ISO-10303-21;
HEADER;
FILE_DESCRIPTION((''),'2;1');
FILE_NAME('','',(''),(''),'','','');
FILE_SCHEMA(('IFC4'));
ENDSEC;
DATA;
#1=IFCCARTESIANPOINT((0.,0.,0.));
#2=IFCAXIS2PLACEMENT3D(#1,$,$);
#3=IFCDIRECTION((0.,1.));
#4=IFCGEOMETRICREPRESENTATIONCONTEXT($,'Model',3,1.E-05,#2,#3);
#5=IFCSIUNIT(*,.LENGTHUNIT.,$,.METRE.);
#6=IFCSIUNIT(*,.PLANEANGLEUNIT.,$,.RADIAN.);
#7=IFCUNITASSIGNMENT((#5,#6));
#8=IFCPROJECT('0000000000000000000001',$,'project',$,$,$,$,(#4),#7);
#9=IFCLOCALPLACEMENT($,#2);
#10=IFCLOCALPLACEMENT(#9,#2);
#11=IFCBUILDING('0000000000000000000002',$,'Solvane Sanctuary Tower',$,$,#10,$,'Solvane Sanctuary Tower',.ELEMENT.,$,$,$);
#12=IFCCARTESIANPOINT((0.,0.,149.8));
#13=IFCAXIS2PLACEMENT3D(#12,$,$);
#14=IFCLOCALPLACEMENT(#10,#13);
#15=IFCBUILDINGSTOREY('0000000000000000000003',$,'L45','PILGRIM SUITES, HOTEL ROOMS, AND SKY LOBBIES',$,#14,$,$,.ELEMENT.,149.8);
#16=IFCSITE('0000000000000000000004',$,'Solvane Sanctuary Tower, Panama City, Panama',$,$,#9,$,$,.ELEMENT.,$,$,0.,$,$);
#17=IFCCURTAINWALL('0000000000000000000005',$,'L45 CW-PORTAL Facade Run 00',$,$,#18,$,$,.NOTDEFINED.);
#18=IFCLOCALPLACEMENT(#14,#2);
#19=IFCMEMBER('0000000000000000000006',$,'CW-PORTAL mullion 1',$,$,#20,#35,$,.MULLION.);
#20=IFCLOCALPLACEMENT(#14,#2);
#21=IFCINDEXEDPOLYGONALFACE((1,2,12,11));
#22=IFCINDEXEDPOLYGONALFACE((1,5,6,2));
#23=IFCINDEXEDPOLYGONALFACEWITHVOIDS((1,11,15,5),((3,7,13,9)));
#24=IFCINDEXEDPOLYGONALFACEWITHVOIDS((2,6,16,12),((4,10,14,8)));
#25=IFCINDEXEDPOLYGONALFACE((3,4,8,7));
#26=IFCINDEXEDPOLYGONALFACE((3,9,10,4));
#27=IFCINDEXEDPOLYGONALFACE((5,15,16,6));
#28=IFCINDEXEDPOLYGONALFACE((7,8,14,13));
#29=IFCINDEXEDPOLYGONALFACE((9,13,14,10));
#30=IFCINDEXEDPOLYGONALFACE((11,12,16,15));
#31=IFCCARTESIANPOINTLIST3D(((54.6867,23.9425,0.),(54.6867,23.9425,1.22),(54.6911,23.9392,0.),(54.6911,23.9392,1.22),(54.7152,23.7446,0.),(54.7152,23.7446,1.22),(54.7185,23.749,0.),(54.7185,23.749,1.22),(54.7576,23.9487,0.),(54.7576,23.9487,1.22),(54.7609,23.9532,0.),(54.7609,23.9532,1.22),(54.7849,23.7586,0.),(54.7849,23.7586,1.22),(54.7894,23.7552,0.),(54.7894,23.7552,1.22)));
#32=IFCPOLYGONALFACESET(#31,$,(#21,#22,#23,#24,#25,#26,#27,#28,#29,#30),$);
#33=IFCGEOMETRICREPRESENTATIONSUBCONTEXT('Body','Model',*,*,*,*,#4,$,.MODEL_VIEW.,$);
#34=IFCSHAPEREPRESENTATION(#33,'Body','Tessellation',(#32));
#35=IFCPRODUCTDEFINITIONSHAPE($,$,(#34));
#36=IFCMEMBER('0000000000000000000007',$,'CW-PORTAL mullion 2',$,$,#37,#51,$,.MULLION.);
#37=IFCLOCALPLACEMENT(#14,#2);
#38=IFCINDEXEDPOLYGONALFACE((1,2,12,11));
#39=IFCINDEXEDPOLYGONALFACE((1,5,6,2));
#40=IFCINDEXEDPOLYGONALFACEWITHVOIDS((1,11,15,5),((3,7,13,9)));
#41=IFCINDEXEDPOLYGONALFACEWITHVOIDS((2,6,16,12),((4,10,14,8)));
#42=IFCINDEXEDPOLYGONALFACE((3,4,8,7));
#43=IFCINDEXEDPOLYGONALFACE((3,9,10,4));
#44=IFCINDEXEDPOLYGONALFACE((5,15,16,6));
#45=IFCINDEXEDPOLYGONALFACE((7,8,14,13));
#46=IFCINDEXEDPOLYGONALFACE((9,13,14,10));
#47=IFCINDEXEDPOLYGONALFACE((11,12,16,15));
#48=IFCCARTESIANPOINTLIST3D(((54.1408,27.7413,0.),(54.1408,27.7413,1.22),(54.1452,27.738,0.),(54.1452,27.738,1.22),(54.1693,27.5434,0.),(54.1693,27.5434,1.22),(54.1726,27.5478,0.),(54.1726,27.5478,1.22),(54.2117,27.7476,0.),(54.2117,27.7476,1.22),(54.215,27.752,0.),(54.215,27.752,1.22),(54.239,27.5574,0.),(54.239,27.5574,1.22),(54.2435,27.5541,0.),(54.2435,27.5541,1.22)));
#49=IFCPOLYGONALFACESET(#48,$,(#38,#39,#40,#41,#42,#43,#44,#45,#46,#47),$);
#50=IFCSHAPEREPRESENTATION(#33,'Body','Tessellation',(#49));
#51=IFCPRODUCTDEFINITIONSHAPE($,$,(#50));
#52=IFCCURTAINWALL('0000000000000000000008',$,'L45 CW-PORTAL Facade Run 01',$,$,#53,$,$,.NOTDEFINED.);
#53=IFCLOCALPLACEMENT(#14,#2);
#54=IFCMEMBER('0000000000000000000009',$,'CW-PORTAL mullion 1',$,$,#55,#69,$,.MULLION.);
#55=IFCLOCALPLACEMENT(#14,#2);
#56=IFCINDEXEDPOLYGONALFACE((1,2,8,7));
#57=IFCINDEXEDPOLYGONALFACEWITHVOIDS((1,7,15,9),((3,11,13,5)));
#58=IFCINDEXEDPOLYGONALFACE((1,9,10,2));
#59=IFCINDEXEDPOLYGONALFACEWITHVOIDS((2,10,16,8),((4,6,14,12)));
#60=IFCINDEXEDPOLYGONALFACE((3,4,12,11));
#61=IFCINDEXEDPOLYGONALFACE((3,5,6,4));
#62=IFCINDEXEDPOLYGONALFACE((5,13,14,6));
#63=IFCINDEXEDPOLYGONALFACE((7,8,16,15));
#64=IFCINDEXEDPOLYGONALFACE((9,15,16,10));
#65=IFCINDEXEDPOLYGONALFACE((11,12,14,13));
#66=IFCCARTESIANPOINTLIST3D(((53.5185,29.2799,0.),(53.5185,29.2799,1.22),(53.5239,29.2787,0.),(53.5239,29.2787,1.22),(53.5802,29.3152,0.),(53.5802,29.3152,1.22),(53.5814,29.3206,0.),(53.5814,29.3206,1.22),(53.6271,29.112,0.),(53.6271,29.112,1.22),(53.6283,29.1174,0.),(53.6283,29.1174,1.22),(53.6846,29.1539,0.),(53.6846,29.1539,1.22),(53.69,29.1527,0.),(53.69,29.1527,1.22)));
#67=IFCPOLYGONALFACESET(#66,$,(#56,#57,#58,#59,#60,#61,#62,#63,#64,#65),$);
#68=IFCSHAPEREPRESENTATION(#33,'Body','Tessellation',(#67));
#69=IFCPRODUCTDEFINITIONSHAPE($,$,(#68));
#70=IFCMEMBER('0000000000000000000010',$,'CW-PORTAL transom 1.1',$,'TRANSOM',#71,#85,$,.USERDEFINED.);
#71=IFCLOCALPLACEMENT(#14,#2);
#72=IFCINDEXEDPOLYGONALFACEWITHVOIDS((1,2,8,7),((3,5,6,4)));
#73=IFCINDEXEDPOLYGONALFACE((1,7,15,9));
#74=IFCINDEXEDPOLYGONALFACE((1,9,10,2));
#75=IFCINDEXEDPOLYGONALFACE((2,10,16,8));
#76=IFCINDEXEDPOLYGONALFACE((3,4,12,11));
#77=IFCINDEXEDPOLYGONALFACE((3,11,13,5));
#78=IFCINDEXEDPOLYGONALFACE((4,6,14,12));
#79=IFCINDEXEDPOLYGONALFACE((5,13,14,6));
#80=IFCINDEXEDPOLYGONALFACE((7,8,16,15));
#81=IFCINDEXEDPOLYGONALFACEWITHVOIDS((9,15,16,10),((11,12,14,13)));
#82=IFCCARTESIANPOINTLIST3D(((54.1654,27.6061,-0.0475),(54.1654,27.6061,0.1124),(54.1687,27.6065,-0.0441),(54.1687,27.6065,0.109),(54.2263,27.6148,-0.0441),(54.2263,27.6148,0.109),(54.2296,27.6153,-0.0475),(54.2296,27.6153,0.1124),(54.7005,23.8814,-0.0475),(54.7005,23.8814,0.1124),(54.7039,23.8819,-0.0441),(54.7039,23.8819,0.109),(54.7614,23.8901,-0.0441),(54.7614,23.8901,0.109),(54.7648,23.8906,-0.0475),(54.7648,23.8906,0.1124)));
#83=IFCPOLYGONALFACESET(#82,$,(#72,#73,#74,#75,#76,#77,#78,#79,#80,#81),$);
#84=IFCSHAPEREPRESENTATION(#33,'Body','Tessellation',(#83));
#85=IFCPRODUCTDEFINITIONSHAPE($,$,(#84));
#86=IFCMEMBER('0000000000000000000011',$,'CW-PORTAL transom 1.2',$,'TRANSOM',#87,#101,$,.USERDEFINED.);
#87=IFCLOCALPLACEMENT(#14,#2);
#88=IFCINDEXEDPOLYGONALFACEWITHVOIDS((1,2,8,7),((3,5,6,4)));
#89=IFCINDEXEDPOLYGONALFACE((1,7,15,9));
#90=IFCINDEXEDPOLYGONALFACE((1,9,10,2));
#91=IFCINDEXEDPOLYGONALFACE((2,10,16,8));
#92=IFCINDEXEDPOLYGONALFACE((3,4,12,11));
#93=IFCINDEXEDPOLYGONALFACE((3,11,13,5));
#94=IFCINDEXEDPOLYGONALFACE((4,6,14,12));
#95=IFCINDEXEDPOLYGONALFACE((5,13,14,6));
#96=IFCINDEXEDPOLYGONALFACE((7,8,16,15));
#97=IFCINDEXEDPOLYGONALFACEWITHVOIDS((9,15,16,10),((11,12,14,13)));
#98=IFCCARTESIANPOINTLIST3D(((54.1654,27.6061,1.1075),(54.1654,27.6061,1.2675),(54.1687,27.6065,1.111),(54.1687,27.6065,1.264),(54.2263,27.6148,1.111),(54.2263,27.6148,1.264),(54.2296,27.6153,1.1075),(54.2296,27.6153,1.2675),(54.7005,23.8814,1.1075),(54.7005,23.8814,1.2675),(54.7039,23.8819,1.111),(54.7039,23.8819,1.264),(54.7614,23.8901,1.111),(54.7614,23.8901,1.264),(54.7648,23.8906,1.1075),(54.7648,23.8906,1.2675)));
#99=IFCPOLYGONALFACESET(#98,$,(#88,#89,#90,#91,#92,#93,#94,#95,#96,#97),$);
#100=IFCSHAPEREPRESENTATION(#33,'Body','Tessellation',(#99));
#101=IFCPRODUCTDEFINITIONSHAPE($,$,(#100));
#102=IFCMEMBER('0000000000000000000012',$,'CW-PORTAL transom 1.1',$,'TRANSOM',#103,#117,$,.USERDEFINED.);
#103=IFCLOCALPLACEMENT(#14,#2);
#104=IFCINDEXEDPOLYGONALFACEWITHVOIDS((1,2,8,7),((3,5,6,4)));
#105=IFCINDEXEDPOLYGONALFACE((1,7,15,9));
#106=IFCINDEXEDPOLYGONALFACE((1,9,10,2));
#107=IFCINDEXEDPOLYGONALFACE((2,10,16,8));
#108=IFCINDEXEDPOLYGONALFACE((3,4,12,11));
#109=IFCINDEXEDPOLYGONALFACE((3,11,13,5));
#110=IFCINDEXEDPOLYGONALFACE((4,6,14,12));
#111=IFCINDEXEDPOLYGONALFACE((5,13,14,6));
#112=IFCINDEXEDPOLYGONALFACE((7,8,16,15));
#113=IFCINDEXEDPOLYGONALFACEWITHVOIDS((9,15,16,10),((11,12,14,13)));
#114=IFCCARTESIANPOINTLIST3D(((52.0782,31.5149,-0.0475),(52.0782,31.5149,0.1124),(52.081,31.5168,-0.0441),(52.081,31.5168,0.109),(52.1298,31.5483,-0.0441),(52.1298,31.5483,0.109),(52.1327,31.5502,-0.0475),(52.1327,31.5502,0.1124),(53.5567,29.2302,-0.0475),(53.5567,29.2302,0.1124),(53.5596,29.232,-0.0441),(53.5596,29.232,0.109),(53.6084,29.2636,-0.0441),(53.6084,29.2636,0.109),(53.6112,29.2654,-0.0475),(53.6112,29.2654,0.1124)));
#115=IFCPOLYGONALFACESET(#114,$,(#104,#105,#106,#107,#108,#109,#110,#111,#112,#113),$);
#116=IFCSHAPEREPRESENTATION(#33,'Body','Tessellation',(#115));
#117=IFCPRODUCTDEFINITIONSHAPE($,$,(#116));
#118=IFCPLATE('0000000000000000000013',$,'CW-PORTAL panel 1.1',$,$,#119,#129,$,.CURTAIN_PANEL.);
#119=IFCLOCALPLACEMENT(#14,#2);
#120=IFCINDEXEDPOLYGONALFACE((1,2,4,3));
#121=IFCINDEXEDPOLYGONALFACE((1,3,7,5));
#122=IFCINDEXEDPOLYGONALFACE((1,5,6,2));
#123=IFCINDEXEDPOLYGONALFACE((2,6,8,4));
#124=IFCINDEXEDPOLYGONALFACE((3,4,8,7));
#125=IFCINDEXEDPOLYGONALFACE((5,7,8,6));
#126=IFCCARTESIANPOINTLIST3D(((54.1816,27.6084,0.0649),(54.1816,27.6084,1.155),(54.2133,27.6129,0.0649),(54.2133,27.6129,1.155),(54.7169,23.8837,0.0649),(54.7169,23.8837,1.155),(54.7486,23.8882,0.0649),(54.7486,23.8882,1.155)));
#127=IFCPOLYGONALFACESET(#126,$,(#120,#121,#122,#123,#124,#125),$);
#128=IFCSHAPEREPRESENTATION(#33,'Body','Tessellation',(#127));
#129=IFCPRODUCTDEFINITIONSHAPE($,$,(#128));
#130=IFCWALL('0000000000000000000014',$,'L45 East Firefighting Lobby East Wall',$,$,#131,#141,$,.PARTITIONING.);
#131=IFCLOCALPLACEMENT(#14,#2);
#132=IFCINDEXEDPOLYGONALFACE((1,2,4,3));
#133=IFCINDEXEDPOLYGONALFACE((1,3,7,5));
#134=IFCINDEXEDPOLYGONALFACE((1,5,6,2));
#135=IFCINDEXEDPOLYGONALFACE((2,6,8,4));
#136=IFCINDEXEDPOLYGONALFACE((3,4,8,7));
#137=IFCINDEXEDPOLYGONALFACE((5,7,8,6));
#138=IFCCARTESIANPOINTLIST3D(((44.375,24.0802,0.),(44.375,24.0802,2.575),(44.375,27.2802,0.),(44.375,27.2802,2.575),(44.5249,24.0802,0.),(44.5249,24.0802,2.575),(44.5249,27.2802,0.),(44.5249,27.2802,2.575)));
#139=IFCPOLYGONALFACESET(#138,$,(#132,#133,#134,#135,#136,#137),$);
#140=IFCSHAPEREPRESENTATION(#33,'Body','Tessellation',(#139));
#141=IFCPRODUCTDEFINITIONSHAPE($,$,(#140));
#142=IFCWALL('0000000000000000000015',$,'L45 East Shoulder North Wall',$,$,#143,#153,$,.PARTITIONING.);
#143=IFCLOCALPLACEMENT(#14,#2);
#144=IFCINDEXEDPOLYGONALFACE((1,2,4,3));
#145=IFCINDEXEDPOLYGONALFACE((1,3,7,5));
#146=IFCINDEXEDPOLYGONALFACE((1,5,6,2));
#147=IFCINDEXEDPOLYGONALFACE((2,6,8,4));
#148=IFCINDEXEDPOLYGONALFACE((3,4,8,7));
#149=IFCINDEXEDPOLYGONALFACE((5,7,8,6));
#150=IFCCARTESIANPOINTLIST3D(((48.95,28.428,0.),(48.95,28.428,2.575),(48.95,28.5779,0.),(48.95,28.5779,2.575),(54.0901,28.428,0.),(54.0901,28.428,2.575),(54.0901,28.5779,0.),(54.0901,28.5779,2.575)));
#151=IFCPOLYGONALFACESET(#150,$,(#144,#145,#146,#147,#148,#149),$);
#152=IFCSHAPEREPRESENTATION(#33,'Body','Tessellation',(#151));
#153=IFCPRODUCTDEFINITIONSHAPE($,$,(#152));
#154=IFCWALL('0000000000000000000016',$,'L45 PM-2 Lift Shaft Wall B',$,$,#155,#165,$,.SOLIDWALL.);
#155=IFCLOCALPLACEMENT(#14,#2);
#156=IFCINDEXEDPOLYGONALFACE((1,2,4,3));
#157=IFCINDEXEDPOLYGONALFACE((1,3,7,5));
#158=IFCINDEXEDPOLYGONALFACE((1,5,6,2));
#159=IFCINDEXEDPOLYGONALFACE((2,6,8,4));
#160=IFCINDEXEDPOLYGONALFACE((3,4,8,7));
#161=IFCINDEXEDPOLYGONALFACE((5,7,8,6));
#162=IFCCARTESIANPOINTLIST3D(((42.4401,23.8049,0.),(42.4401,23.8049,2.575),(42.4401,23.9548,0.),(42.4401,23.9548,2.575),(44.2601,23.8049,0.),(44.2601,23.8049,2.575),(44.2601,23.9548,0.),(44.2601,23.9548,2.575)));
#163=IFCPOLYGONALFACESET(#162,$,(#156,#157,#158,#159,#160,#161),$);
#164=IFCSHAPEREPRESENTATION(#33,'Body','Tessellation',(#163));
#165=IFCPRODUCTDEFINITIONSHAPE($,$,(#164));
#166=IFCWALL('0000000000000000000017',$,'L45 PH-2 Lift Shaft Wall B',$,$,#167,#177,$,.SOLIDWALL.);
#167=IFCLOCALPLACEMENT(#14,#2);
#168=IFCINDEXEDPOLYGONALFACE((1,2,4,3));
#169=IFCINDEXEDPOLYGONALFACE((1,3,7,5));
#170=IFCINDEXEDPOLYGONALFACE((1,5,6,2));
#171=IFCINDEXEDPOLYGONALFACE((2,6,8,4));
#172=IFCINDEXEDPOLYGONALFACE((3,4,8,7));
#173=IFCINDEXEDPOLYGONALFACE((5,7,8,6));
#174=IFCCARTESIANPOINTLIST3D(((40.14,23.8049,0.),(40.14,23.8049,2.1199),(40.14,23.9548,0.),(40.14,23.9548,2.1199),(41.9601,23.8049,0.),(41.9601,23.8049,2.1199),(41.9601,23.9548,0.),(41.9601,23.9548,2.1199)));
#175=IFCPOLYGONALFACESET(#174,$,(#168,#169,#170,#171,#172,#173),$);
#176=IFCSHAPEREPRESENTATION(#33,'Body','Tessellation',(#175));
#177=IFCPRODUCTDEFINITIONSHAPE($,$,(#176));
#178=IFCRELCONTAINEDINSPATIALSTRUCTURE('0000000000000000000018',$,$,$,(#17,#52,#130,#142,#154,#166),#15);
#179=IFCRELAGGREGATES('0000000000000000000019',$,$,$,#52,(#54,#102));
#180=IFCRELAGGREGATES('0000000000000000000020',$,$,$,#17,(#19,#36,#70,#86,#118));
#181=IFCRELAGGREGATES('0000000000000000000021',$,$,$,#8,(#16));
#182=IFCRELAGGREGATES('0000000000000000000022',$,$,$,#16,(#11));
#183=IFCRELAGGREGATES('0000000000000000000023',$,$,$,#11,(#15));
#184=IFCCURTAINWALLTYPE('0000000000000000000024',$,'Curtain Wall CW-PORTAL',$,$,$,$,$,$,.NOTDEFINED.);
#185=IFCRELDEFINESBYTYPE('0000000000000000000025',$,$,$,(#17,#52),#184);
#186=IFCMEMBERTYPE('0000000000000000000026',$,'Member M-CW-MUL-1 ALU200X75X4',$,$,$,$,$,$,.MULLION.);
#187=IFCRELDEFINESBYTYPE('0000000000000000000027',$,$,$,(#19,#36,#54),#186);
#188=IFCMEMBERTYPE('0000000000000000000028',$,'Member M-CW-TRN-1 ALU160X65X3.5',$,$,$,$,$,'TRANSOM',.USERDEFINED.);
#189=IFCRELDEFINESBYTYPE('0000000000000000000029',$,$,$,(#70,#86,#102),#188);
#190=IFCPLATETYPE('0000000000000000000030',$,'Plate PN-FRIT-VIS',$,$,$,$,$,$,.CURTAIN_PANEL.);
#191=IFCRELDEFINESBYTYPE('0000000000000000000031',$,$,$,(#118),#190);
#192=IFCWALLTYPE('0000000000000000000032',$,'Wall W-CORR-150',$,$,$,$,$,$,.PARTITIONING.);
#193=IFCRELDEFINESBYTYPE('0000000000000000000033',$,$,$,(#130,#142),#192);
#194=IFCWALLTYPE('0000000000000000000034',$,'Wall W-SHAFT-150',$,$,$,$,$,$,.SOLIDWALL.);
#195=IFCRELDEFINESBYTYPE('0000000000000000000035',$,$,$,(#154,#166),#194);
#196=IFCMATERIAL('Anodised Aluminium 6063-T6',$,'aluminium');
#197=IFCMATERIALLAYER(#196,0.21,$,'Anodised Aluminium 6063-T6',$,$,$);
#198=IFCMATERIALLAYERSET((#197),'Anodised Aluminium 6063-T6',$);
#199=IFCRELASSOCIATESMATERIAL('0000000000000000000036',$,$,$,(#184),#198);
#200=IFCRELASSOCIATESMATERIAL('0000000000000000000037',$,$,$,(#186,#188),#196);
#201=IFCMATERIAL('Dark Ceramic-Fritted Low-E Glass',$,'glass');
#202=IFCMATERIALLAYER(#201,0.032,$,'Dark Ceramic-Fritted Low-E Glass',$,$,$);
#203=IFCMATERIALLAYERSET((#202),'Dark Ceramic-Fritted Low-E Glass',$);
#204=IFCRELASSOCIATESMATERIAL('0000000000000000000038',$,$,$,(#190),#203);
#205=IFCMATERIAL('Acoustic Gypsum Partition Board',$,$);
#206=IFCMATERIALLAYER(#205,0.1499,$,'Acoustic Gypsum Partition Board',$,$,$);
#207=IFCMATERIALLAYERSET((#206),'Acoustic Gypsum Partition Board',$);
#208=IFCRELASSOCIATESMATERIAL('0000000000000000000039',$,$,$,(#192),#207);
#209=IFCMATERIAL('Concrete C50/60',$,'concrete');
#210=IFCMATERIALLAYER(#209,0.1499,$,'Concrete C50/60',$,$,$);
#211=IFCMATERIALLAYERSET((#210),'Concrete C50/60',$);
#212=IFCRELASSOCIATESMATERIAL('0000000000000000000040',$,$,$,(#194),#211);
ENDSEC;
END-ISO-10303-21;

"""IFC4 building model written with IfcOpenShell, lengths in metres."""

from ifc_helpers import new_model, si_unit, direction, frame, frame_2d, origin, origin_2d, place, context, subcontext, project, spatial, rectangle, hollow_rectangle, extrude, material, layer, layer_set, material_profile, profile_set, type_object, element, aggregate, save


model = new_model("IFC4")

# Units and contexts
model_context = context("Model", 3, precision=1e-05, world=origin(), true_north=direction((0.0, 1.0)))
body_context = subcontext(model_context, "Body", "Model", "MODEL_VIEW")
ifc_project = project(units=[si_unit("LENGTHUNIT", "METRE"), si_unit("PLANEANGLEUNIT", "RADIAN")], contexts=[model_context])

# Site, building, storey
site_placement = place(None, origin())
site = spatial("IfcSite", under=ifc_project, at=site_placement, Name="Solvane Sanctuary Tower, Panama City, Panama", CompositionType="ELEMENT", RefElevation=0.0)
building_placement = place(site_placement, origin())
building = spatial("IfcBuilding", under=site, at=building_placement, Name="Solvane Sanctuary Tower", LongName="Solvane Sanctuary Tower", CompositionType="ELEMENT")
storey_placement = place(building_placement, frame((0.0, 0.0, 149.8)))
storey = spatial("IfcBuildingStorey", under=building, at=storey_placement, Name="L45", Description="PILGRIM SUITES, HOTEL ROOMS, AND SKY LOBBIES", CompositionType="ELEMENT", Elevation=149.8)

# Curtain wall, members
ifc_material_1 = material(Name="Anodised Aluminium 6063-T6", Category="aluminium")
ifc_layer_1 = layer(ifc_material_1, 0.21, Name="Anodised Aluminium 6063-T6")
ifc_layer_set_1 = layer_set([ifc_layer_1], Name="Anodised Aluminium 6063-T6")
curtain_wall_type = type_object("IfcCurtainWallType", Name="Curtain Wall CW-PORTAL", PredefinedType="NOTDEFINED", material=ifc_layer_set_1)
curtain_wall_1_placement = place(storey_placement, origin())
curtain_wall_1 = element("IfcCurtainWall", 1, at=curtain_wall_1_placement, inside=storey, type_object=curtain_wall_type, Name="L45 CW-PORTAL Facade Run 00", PredefinedType="NOTDEFINED")
ifc_material_profile_1 = material_profile(ifc_material_1, hollow_rectangle(XDim=0.075, YDim=0.2, WallThickness=0.0039, at=origin_2d()), Name="ALU200X75X4")
ifc_profile_set_1 = profile_set([ifc_material_profile_1], Name="Anodised Aluminium 6063-T6")
member_type_1 = type_object("IfcMemberType", Name="Member M-CW-MUL-1 ALU200X75X4", PredefinedType="MULLION", material=ifc_profile_set_1)
member_1_placement = place(storey_placement, frame((54.738, 23.8489, 0.0), z_axis=(0.0, 0.0, 1.0), x_axis=(-0.989831, -0.142248, 0.0)))
member_1 = element("IfcMember", 2, at=member_1_placement, type_object=member_type_1, Name="CW-PORTAL mullion 1", PredefinedType="MULLION", context=body_context, shape_type="SweptSolid", body=[
    extrude(hollow_rectangle(XDim=0.075, YDim=0.2, WallThickness=0.0039, at=origin_2d()), origin(), (0.0, 0.0, 1.0), 1.22),
])
member_2_placement = place(storey_placement, frame((54.1921, 27.6477, 0.0), z_axis=(0.0, 0.0, 1.0), x_axis=(-0.989831, -0.142248, 0.0)))
member_2 = element("IfcMember", 3, at=member_2_placement, type_object=member_type_1, Name="CW-PORTAL mullion 2", PredefinedType="MULLION", context=body_context, shape_type="SweptSolid", body=[
    extrude(hollow_rectangle(XDim=0.075, YDim=0.2, WallThickness=0.0039, at=origin_2d()), origin(), (0.0, 0.0, 1.0), 1.22),
])

# Curtain wall, member
curtain_wall_2_placement = place(storey_placement, origin())
curtain_wall_2 = element("IfcCurtainWall", 4, at=curtain_wall_2_placement, inside=storey, type_object=curtain_wall_type, Name="L45 CW-PORTAL Facade Run 01", PredefinedType="NOTDEFINED")
member_3_placement = place(storey_placement, frame((53.6042, 29.2163, 0.0), z_axis=(0.0, 0.0, 1.0), x_axis=(-0.839512, -0.543341, 0.0)))
member_3 = element("IfcMember", 5, at=member_3_placement, type_object=member_type_1, Name="CW-PORTAL mullion 1", PredefinedType="MULLION", context=body_context, shape_type="SweptSolid", body=[
    extrude(hollow_rectangle(XDim=0.075, YDim=0.2, WallThickness=0.0039, at=origin_2d()), origin(), (0.0, 0.0, 1.0), 1.22),
])

# Members
ifc_material_profile_2 = material_profile(ifc_material_1, hollow_rectangle(XDim=0.0649, YDim=0.1599, WallThickness=0.0034, at=origin_2d()), Name="ALU160X65X3.5")
ifc_profile_set_2 = profile_set([ifc_material_profile_2], Name="Anodised Aluminium 6063-T6")
member_type_2 = type_object("IfcMemberType", Name="Member M-CW-TRN-1 ALU160X65X3.5", ElementType="TRANSOM", PredefinedType="USERDEFINED", material=ifc_profile_set_2)
member_4_placement = place(storey_placement, frame((54.7327, 23.886, 0.0325), z_axis=(-0.142221, 0.989835, 0.0), x_axis=(-0.989835, -0.142221, 0.0)))
member_4 = element("IfcMember", 6, at=member_4_placement, type_object=member_type_2, Name="CW-PORTAL transom 1.1", ObjectType="TRANSOM", PredefinedType="USERDEFINED", context=body_context, shape_type="SweptSolid", body=[
    extrude(hollow_rectangle(XDim=0.0649, YDim=0.1599, WallThickness=0.0034, at=origin_2d()), origin(), (0.0, 0.0, 1.0), 3.7629),
])
member_5_placement = place(storey_placement, frame((54.7327, 23.886, 1.1875), z_axis=(-0.142221, 0.989835, 0.0), x_axis=(-0.989835, -0.142221, 0.0)))
member_5 = element("IfcMember", 7, at=member_5_placement, type_object=member_type_2, Name="CW-PORTAL transom 1.2", ObjectType="TRANSOM", PredefinedType="USERDEFINED", context=body_context, shape_type="SweptSolid", body=[
    extrude(hollow_rectangle(XDim=0.0649, YDim=0.1599, WallThickness=0.0034, at=origin_2d()), origin(), (0.0, 0.0, 1.0), 3.7629),
])
member_6_placement = place(storey_placement, frame((53.584, 29.2478, 0.0325), z_axis=(-0.543303, 0.839536, 0.0), x_axis=(-0.839536, -0.543303, 0.0)))
member_6 = element("IfcMember", 8, at=member_6_placement, type_object=member_type_2, Name="CW-PORTAL transom 1.1", ObjectType="TRANSOM", PredefinedType="USERDEFINED", context=body_context, shape_type="SweptSolid", body=[
    extrude(hollow_rectangle(XDim=0.0649, YDim=0.1599, WallThickness=0.0034, at=origin_2d()), origin(), (0.0, 0.0, 1.0), 2.7214),
])
aggregate(curtain_wall_2, [member_3, member_6])

# Plate
ifc_material_2 = material(Name="Dark Ceramic-Fritted Low-E Glass", Category="glass")
ifc_layer_2 = layer(ifc_material_2, 0.032, Name="Dark Ceramic-Fritted Low-E Glass")
ifc_layer_set_2 = layer_set([ifc_layer_2], Name="Dark Ceramic-Fritted Low-E Glass")
plate_type = type_object("IfcPlateType", Name="Plate PN-FRIT-VIS", PredefinedType="CURTAIN_PANEL", material=ifc_layer_set_2)
plate_placement = place(storey_placement, frame((54.4651, 25.7483, 0.0649), z_axis=(0.0, 0.0, 1.0), x_axis=(-0.142248, 0.989831, 0.0)))
plate = element("IfcPlate", 9, at=plate_placement, type_object=plate_type, Name="CW-PORTAL panel 1.1", PredefinedType="CURTAIN_PANEL", context=body_context, shape_type="SweptSolid", body=[
    extrude(rectangle(XDim=3.7629, YDim=0.032, at=origin_2d()), origin(), (0.0, 0.0, 1.0), 1.0901),
])
aggregate(curtain_wall_1, [member_1, member_2, member_4, member_5, plate])

# Walls
ifc_material_3 = material(Name="Acoustic Gypsum Partition Board")
ifc_layer_3 = layer(ifc_material_3, 0.1499, Name="Acoustic Gypsum Partition Board")
ifc_layer_set_3 = layer_set([ifc_layer_3], Name="Acoustic Gypsum Partition Board")
wall_type_1 = type_object("IfcWallType", Name="Wall W-CORR-150", PredefinedType="PARTITIONING", material=ifc_layer_set_3)
wall_1_placement = place(storey_placement, frame((44.45, 24.0801, 0.0), z_axis=(0.0, 0.0, 1.0), x_axis=(0.0, 1.0, 0.0)))
element("IfcWall", 10, at=wall_1_placement, inside=storey, type_object=wall_type_1, Name="L45 East Firefighting Lobby East Wall", PredefinedType="PARTITIONING", context=body_context, shape_type="SweptSolid", body=[
    extrude(rectangle(XDim=3.2, YDim=0.1499, at=frame_2d((1.6001, 0.0))), origin(), (0.0, 0.0, 1.0), 2.575),
])
wall_2_placement = place(storey_placement, frame((48.95, 28.5029, 0.0), z_axis=(0.0, 0.0, 1.0), x_axis=(1.0, 0.0, 0.0)))
element("IfcWall", 11, at=wall_2_placement, inside=storey, type_object=wall_type_1, Name="L45 East Shoulder North Wall", PredefinedType="PARTITIONING", context=body_context, shape_type="SweptSolid", body=[
    extrude(rectangle(XDim=5.1401, YDim=0.1499, at=frame_2d((2.5701, 0.0))), origin(), (0.0, 0.0, 1.0), 2.575),
])
ifc_material_4 = material(Name="Concrete C50/60", Category="concrete")
ifc_layer_4 = layer(ifc_material_4, 0.1499, Name="Concrete C50/60")
ifc_layer_set_4 = layer_set([ifc_layer_4], Name="Concrete C50/60")
wall_type_2 = type_object("IfcWallType", Name="Wall W-SHAFT-150", PredefinedType="SOLIDWALL", material=ifc_layer_set_4)
wall_3_placement = place(storey_placement, frame((42.4399, 23.8799, 0.0), z_axis=(0.0, 0.0, 1.0), x_axis=(1.0, 0.0, 0.0)))
element("IfcWall", 12, at=wall_3_placement, inside=storey, type_object=wall_type_2, Name="L45 PM-2 Lift Shaft Wall B", PredefinedType="SOLIDWALL", context=body_context, shape_type="SweptSolid", body=[
    extrude(rectangle(XDim=1.8201, YDim=0.1499, at=frame_2d((0.9102, 0.0))), origin(), (0.0, 0.0, 1.0), 2.575),
])
wall_4_placement = place(storey_placement, frame((40.1399, 23.8799, 0.0), z_axis=(0.0, 0.0, 1.0), x_axis=(1.0, 0.0, 0.0)))
element("IfcWall", 13, at=wall_4_placement, inside=storey, type_object=wall_type_2, Name="L45 PH-2 Lift Shaft Wall B", PredefinedType="SOLIDWALL", context=body_context, shape_type="SweptSolid", body=[
    extrude(rectangle(XDim=1.8201, YDim=0.1499, at=frame_2d((0.9102, 0.0))), origin(), (0.0, 0.0, 1.0), 2.1199),
])

save(model, "model.ifc")
